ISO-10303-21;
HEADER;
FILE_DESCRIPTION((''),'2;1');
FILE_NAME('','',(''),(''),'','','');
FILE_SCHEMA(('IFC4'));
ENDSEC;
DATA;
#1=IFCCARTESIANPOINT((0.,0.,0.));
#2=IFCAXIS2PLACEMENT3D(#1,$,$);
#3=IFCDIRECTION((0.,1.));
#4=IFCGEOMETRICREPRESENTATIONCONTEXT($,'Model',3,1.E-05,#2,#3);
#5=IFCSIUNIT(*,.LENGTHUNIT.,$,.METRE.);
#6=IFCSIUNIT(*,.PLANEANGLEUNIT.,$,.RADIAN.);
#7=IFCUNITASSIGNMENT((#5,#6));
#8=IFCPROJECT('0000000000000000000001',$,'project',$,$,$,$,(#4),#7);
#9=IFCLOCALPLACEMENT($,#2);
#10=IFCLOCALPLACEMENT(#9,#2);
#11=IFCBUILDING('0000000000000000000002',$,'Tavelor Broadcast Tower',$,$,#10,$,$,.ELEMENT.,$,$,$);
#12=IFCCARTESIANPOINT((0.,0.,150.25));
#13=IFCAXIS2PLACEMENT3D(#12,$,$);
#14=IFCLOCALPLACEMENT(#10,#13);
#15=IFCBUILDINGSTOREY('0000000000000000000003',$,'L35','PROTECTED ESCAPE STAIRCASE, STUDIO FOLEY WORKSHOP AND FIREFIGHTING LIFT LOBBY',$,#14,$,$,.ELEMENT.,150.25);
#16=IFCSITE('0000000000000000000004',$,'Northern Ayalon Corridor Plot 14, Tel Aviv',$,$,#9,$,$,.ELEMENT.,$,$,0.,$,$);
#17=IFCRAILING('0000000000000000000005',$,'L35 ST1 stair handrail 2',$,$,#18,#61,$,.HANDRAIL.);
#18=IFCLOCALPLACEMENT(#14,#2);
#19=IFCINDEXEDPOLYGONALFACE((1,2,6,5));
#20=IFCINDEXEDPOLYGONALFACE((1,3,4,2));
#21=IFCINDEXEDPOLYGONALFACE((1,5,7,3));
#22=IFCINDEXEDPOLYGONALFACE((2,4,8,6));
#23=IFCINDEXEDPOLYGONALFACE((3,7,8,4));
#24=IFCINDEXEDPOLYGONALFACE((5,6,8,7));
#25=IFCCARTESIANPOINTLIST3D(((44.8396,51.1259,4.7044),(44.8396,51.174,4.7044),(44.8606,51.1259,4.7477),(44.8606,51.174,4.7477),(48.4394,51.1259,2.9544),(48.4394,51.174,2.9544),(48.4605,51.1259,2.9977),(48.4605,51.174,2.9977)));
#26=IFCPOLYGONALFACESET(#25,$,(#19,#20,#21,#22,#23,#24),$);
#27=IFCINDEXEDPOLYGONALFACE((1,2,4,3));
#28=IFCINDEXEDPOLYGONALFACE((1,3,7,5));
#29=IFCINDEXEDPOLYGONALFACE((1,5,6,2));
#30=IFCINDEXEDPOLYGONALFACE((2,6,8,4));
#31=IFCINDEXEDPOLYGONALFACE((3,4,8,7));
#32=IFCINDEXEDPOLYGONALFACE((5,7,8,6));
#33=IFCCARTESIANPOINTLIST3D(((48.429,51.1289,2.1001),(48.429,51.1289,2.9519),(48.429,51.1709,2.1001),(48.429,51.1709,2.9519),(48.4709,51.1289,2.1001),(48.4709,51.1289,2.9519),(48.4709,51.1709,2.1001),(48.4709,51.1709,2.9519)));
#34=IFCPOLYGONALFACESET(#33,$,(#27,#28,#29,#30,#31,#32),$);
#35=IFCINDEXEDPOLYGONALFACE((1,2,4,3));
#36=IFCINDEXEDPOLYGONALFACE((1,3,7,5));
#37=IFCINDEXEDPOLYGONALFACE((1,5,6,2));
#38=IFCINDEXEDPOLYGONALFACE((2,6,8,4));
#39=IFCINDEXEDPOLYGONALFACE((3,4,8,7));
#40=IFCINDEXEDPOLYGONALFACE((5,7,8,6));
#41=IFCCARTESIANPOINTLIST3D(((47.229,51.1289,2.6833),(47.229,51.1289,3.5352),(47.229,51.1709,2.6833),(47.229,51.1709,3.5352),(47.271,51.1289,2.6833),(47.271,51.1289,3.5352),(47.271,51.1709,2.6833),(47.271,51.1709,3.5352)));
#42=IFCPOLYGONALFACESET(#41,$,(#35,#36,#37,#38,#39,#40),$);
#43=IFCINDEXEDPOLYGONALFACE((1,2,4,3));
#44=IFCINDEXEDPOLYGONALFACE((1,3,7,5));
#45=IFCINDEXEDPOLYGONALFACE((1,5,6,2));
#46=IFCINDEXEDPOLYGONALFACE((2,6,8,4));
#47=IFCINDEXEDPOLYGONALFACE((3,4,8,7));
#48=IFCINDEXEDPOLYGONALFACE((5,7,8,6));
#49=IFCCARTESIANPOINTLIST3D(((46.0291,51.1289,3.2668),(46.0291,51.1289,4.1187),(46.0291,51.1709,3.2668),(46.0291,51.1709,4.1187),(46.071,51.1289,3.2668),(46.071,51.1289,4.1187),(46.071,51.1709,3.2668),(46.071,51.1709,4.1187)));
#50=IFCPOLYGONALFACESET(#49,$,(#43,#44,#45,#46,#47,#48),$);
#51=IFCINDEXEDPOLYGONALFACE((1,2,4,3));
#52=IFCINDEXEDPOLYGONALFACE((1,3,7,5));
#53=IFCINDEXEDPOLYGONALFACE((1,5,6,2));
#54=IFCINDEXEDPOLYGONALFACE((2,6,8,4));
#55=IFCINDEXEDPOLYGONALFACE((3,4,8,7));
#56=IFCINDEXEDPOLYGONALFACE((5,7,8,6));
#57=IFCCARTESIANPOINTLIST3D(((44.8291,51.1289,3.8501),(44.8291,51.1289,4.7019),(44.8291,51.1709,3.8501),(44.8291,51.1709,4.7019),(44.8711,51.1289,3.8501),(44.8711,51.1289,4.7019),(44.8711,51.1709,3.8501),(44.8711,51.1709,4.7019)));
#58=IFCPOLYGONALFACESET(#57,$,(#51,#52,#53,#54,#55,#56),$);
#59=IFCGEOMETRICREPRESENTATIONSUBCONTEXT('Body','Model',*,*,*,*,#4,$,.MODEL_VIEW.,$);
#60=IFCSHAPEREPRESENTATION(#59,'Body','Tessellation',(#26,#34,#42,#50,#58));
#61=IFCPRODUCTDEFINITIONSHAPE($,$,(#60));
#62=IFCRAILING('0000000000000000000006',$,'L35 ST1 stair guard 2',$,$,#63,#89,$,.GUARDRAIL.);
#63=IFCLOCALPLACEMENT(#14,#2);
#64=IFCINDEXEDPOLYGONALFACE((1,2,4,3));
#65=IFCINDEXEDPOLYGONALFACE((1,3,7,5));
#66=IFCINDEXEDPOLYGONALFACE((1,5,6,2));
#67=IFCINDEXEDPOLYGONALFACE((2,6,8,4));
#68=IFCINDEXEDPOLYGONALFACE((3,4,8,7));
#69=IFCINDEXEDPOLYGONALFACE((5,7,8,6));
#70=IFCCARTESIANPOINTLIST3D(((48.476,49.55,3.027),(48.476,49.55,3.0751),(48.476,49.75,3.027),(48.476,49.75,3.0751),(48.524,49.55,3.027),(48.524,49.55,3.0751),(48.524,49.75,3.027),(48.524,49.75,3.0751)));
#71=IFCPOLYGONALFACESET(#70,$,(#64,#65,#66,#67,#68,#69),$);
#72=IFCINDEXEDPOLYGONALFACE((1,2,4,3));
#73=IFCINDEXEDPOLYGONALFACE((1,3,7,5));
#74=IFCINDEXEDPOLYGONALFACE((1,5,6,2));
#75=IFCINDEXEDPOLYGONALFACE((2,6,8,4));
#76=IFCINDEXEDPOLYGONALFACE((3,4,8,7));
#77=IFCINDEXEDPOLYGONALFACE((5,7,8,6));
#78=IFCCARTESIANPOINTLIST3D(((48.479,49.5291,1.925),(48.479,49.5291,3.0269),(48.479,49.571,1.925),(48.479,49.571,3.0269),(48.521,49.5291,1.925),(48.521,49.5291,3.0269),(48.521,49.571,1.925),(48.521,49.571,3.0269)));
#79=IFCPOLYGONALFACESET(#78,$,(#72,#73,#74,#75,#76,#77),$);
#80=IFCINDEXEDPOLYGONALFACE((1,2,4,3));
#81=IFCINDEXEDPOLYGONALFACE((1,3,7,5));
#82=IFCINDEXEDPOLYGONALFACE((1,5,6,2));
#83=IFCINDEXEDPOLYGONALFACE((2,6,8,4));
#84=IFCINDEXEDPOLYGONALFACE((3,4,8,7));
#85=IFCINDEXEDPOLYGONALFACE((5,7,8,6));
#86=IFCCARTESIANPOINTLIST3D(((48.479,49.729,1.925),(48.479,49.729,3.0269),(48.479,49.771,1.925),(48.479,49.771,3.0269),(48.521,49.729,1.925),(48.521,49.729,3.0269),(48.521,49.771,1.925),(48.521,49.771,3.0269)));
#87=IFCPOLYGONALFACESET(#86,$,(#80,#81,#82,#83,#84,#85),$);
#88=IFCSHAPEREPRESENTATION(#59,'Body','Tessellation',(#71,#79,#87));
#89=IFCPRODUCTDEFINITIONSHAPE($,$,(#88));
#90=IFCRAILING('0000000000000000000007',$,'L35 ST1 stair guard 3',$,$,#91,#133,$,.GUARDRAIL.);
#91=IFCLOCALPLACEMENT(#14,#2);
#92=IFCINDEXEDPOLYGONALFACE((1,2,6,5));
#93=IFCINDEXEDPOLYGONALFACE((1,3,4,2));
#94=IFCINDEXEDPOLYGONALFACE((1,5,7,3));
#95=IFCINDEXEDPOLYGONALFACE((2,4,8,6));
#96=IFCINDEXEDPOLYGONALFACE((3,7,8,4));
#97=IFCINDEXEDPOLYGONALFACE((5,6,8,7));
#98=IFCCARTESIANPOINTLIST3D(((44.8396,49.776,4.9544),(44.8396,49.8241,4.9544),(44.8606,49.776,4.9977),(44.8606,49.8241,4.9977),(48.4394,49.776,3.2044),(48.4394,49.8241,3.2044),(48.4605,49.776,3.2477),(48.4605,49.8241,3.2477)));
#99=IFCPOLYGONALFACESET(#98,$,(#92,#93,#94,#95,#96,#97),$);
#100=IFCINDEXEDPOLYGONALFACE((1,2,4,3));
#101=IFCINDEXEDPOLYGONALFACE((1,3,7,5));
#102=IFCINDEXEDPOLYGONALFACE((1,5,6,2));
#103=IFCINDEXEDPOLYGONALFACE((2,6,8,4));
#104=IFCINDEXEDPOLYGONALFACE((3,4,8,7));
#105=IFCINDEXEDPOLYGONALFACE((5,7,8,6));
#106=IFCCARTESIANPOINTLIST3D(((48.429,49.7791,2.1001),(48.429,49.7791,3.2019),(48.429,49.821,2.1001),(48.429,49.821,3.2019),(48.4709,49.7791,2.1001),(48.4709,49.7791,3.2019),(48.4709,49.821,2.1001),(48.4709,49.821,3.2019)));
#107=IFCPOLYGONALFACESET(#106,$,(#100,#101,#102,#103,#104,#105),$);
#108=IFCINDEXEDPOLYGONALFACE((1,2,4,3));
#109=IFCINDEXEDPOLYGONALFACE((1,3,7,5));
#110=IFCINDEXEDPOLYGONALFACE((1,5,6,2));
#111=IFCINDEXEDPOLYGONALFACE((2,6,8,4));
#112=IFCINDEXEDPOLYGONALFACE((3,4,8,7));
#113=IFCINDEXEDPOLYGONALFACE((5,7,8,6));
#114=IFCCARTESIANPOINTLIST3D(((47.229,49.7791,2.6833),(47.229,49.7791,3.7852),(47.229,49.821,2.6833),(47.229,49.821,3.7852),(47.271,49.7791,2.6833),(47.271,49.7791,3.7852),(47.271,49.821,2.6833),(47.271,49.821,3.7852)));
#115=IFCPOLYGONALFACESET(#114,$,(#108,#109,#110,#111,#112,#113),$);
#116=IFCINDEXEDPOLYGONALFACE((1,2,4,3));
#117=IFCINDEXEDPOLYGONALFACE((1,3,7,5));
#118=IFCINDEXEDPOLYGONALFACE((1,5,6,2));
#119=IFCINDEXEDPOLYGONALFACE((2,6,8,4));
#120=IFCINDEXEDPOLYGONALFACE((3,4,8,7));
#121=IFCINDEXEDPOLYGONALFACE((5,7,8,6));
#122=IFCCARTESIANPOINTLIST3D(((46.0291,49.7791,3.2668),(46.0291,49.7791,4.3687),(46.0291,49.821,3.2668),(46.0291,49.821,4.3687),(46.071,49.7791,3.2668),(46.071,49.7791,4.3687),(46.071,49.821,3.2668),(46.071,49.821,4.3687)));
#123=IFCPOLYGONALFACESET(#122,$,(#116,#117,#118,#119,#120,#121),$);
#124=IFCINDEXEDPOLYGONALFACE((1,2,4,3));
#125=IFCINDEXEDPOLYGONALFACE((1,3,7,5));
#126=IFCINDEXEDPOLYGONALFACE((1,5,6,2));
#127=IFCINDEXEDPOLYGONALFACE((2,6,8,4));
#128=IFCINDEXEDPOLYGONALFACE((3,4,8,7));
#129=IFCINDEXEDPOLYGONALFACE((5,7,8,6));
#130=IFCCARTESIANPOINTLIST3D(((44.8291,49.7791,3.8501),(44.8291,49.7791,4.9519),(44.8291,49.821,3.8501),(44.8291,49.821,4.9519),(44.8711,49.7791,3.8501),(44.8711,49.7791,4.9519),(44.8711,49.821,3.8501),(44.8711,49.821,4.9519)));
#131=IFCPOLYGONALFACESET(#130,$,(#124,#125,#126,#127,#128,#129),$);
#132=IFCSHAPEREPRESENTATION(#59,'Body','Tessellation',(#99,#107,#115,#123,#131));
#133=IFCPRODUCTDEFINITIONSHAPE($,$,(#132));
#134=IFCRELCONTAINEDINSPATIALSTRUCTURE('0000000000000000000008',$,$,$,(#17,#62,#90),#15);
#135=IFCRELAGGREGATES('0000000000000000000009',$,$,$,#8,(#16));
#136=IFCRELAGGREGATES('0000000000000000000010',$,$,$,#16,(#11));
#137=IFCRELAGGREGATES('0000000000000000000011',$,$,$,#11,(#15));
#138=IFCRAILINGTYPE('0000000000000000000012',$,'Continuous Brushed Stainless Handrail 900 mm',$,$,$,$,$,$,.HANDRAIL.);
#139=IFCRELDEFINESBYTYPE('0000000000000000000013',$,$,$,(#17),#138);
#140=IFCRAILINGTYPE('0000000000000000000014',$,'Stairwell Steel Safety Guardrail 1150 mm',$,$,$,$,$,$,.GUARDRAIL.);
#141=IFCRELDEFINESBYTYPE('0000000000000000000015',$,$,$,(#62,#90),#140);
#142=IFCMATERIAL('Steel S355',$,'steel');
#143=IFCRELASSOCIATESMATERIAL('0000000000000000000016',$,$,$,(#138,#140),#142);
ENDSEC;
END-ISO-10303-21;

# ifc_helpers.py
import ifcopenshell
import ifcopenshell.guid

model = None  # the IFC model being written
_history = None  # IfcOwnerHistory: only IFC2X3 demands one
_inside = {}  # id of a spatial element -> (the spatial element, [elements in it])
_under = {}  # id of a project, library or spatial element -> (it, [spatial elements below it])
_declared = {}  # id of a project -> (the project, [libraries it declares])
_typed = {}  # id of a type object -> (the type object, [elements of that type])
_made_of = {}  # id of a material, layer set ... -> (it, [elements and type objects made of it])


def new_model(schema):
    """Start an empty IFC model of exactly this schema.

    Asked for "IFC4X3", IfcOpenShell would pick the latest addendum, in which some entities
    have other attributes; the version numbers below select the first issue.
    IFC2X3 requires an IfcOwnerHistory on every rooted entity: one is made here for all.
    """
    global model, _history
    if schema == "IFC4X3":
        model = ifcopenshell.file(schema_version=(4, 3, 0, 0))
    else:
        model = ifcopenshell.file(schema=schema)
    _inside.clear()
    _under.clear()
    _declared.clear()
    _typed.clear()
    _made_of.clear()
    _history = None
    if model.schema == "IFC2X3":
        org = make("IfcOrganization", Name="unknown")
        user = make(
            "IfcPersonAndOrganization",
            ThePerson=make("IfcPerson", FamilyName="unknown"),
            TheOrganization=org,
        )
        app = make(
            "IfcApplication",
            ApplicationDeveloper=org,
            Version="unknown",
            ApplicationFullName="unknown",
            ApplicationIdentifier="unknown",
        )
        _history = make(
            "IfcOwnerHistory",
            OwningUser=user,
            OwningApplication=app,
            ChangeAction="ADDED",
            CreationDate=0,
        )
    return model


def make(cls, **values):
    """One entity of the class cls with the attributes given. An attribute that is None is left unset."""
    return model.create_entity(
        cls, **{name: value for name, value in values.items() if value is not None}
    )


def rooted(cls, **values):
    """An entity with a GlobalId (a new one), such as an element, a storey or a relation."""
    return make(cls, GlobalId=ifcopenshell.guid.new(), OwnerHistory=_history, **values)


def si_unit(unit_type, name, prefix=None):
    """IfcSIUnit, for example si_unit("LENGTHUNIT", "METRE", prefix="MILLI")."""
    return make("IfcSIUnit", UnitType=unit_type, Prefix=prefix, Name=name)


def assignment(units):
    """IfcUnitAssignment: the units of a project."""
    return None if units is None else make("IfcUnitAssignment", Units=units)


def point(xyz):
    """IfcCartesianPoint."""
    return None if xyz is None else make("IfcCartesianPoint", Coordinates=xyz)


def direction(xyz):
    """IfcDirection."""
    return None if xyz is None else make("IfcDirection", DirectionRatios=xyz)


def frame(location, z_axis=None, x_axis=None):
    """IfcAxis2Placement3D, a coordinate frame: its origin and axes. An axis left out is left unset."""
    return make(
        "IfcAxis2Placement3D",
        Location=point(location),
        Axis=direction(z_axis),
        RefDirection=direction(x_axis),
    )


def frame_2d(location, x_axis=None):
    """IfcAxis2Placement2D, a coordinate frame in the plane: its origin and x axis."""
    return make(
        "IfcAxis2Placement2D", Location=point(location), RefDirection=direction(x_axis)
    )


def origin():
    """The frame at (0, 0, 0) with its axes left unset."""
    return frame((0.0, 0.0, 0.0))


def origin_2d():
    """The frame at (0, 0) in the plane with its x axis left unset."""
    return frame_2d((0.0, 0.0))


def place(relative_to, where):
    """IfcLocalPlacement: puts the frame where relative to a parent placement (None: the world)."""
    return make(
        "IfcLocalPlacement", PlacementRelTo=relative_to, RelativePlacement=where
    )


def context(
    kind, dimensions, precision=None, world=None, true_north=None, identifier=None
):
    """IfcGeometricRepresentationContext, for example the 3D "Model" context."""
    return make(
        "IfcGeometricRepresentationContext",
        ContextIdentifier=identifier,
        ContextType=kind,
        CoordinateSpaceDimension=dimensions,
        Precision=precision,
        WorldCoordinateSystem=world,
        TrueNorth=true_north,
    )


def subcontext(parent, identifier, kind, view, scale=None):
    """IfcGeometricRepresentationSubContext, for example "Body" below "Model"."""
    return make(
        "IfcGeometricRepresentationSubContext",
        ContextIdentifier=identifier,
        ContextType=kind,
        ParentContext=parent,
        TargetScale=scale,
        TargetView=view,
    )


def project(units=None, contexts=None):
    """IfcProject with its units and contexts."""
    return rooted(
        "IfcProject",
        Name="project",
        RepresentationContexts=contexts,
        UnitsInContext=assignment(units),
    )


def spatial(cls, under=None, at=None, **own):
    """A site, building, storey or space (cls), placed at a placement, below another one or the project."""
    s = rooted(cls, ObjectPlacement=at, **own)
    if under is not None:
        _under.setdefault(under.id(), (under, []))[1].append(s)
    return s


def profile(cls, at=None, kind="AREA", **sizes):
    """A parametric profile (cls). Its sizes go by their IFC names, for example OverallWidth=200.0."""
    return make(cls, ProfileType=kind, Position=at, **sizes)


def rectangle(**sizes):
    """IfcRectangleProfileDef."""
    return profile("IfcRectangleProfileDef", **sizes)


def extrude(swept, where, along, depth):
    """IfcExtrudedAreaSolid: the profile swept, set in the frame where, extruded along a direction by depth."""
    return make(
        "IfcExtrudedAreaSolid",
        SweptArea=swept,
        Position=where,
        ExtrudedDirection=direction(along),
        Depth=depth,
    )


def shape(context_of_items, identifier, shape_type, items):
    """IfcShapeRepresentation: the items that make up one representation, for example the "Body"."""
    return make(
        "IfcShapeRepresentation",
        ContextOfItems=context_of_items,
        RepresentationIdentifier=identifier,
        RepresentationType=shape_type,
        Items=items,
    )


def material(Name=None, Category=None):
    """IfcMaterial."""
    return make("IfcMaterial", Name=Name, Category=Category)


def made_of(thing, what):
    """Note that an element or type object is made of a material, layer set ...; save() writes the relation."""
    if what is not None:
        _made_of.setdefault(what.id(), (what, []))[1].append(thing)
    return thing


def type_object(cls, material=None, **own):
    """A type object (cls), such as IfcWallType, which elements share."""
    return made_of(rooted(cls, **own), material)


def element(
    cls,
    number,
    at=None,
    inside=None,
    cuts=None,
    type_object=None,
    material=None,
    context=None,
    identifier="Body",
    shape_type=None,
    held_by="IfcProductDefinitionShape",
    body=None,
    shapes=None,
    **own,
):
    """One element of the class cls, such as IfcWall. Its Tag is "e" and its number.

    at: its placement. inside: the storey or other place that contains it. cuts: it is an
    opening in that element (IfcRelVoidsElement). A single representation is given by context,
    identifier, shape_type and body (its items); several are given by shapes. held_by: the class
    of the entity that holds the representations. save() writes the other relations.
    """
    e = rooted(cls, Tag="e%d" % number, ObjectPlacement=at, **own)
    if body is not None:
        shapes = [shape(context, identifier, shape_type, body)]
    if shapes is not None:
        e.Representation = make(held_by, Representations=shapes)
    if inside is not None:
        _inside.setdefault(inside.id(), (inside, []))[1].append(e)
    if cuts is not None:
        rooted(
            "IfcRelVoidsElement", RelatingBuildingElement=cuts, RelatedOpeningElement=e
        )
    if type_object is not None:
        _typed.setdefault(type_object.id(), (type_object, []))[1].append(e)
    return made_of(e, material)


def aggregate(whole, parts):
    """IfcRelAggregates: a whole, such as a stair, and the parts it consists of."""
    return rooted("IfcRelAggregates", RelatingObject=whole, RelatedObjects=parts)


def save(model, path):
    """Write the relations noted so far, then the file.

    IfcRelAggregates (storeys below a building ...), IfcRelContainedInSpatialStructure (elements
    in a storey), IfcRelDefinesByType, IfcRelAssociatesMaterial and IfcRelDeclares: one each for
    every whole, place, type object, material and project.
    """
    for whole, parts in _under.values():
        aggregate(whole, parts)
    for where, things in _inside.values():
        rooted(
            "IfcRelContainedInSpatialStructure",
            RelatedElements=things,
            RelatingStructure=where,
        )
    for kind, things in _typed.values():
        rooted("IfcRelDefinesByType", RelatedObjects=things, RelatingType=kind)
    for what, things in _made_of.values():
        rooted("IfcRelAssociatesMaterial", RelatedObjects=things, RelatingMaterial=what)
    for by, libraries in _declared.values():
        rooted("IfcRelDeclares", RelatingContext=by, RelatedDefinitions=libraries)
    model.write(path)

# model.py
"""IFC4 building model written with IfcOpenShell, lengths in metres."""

from ifc_helpers import new_model, si_unit, direction, frame, origin, origin_2d, place, context, subcontext, project, spatial, rectangle, extrude, material, type_object, element, save


model = new_model("IFC4")

# Units and contexts
model_context = context("Model", 3, precision=1e-05, world=origin(), true_north=direction((0.0, 1.0)))
body_context = subcontext(model_context, "Body", "Model", "MODEL_VIEW")
ifc_project = project(units=[si_unit("LENGTHUNIT", "METRE"), si_unit("PLANEANGLEUNIT", "RADIAN")], contexts=[model_context])

# Site, building, storey
site_placement = place(None, origin())
site = spatial("IfcSite", under=ifc_project, at=site_placement, Name="Northern Ayalon Corridor Plot 14, Tel Aviv", CompositionType="ELEMENT", RefElevation=0.0)
building_placement = place(site_placement, origin())
building = spatial("IfcBuilding", under=site, at=building_placement, Name="Tavelor Broadcast Tower", CompositionType="ELEMENT")
storey_placement = place(building_placement, frame((0.0, 0.0, 150.25)))
storey = spatial("IfcBuildingStorey", under=building, at=storey_placement, Name="L35", Description="PROTECTED ESCAPE STAIRCASE, STUDIO FOLEY WORKSHOP AND FIREFIGHTING LIFT LOBBY", CompositionType="ELEMENT", Elevation=150.25)

# Shared definitions
ifc_material_1 = material(Name="Steel S355", Category="steel")

# Railings
railing_type_1 = type_object("IfcRailingType", Name="Continuous Brushed Stainless Handrail 900 mm", PredefinedType="HANDRAIL", material=ifc_material_1)
railing_1_placement = place(storey_placement, frame((48.45, 51.1499, 2.1001)))
element("IfcRailing", 1, at=railing_1_placement, inside=storey, type_object=railing_type_1, Name="L35 ST1 stair handrail 2", PredefinedType="HANDRAIL", context=body_context, shape_type="SweptSolid", body=[
    extrude(rectangle(XDim=0.0481, YDim=0.0481, at=origin_2d()), frame((0.0, 0.0, 0.876), z_axis=(-0.899361, 0.0, 0.437207), x_axis=(0.0, -1.0, 0.0)), (0.0, 0.0, 1.0), 4.0027),
    extrude(rectangle(XDim=0.042, YDim=0.042, at=origin_2d()), origin(), (0.0, 0.0, 1.0), 0.8518),
    extrude(rectangle(XDim=0.042, YDim=0.042, at=origin_2d()), frame((-1.2, 0.0, 0.5833)), (0.0, 0.0, 1.0), 0.8518),
    extrude(rectangle(XDim=0.042, YDim=0.042, at=origin_2d()), frame((-2.3999, 0.0, 1.1667)), (0.0, 0.0, 1.0), 0.8518),
    extrude(rectangle(XDim=0.042, YDim=0.042, at=origin_2d()), frame((-3.5999, 0.0, 1.75)), (0.0, 0.0, 1.0), 0.8518),
])
railing_type_2 = type_object("IfcRailingType", Name="Stairwell Steel Safety Guardrail 1150 mm", PredefinedType="GUARDRAIL", material=ifc_material_1)
railing_2_placement = place(storey_placement, frame((48.5, 49.55, 1.925)))
element("IfcRailing", 2, at=railing_2_placement, inside=storey, type_object=railing_type_2, Name="L35 ST1 stair guard 2", PredefinedType="GUARDRAIL", context=body_context, shape_type="SweptSolid", body=[
    extrude(rectangle(XDim=0.0481, YDim=0.0481, at=origin_2d()), frame((0.0, 0.0, 1.126), z_axis=(0.0, 1.0, 0.0), x_axis=(-1.0, 0.0, 0.0)), (0.0, 0.0, 1.0), 0.2),
    extrude(rectangle(XDim=0.042, YDim=0.042, at=origin_2d()), origin(), (0.0, 0.0, 1.0), 1.1018),
    extrude(rectangle(XDim=0.042, YDim=0.042, at=origin_2d()), frame((0.0, 0.2, 0.0)), (0.0, 0.0, 1.0), 1.1018),
])
railing_3_placement = place(storey_placement, frame((48.45, 49.8, 2.1001)))
element("IfcRailing", 3, at=railing_3_placement, inside=storey, type_object=railing_type_2, Name="L35 ST1 stair guard 3", PredefinedType="GUARDRAIL", context=body_context, shape_type="SweptSolid", body=[
    extrude(rectangle(XDim=0.0481, YDim=0.0481, at=origin_2d()), frame((0.0, 0.0, 1.126), z_axis=(-0.899361, 0.0, 0.437207), x_axis=(0.0, -1.0, 0.0)), (0.0, 0.0, 1.0), 4.0027),
    extrude(rectangle(XDim=0.042, YDim=0.042, at=origin_2d()), origin(), (0.0, 0.0, 1.0), 1.1018),
    extrude(rectangle(XDim=0.042, YDim=0.042, at=origin_2d()), frame((-1.2, 0.0, 0.5833)), (0.0, 0.0, 1.0), 1.1018),
    extrude(rectangle(XDim=0.042, YDim=0.042, at=origin_2d()), frame((-2.3999, 0.0, 1.1667)), (0.0, 0.0, 1.0), 1.1018),
    extrude(rectangle(XDim=0.042, YDim=0.042, at=origin_2d()), frame((-3.5999, 0.0, 1.75)), (0.0, 0.0, 1.0), 1.1018),
])

save(model, "model.ifc")
